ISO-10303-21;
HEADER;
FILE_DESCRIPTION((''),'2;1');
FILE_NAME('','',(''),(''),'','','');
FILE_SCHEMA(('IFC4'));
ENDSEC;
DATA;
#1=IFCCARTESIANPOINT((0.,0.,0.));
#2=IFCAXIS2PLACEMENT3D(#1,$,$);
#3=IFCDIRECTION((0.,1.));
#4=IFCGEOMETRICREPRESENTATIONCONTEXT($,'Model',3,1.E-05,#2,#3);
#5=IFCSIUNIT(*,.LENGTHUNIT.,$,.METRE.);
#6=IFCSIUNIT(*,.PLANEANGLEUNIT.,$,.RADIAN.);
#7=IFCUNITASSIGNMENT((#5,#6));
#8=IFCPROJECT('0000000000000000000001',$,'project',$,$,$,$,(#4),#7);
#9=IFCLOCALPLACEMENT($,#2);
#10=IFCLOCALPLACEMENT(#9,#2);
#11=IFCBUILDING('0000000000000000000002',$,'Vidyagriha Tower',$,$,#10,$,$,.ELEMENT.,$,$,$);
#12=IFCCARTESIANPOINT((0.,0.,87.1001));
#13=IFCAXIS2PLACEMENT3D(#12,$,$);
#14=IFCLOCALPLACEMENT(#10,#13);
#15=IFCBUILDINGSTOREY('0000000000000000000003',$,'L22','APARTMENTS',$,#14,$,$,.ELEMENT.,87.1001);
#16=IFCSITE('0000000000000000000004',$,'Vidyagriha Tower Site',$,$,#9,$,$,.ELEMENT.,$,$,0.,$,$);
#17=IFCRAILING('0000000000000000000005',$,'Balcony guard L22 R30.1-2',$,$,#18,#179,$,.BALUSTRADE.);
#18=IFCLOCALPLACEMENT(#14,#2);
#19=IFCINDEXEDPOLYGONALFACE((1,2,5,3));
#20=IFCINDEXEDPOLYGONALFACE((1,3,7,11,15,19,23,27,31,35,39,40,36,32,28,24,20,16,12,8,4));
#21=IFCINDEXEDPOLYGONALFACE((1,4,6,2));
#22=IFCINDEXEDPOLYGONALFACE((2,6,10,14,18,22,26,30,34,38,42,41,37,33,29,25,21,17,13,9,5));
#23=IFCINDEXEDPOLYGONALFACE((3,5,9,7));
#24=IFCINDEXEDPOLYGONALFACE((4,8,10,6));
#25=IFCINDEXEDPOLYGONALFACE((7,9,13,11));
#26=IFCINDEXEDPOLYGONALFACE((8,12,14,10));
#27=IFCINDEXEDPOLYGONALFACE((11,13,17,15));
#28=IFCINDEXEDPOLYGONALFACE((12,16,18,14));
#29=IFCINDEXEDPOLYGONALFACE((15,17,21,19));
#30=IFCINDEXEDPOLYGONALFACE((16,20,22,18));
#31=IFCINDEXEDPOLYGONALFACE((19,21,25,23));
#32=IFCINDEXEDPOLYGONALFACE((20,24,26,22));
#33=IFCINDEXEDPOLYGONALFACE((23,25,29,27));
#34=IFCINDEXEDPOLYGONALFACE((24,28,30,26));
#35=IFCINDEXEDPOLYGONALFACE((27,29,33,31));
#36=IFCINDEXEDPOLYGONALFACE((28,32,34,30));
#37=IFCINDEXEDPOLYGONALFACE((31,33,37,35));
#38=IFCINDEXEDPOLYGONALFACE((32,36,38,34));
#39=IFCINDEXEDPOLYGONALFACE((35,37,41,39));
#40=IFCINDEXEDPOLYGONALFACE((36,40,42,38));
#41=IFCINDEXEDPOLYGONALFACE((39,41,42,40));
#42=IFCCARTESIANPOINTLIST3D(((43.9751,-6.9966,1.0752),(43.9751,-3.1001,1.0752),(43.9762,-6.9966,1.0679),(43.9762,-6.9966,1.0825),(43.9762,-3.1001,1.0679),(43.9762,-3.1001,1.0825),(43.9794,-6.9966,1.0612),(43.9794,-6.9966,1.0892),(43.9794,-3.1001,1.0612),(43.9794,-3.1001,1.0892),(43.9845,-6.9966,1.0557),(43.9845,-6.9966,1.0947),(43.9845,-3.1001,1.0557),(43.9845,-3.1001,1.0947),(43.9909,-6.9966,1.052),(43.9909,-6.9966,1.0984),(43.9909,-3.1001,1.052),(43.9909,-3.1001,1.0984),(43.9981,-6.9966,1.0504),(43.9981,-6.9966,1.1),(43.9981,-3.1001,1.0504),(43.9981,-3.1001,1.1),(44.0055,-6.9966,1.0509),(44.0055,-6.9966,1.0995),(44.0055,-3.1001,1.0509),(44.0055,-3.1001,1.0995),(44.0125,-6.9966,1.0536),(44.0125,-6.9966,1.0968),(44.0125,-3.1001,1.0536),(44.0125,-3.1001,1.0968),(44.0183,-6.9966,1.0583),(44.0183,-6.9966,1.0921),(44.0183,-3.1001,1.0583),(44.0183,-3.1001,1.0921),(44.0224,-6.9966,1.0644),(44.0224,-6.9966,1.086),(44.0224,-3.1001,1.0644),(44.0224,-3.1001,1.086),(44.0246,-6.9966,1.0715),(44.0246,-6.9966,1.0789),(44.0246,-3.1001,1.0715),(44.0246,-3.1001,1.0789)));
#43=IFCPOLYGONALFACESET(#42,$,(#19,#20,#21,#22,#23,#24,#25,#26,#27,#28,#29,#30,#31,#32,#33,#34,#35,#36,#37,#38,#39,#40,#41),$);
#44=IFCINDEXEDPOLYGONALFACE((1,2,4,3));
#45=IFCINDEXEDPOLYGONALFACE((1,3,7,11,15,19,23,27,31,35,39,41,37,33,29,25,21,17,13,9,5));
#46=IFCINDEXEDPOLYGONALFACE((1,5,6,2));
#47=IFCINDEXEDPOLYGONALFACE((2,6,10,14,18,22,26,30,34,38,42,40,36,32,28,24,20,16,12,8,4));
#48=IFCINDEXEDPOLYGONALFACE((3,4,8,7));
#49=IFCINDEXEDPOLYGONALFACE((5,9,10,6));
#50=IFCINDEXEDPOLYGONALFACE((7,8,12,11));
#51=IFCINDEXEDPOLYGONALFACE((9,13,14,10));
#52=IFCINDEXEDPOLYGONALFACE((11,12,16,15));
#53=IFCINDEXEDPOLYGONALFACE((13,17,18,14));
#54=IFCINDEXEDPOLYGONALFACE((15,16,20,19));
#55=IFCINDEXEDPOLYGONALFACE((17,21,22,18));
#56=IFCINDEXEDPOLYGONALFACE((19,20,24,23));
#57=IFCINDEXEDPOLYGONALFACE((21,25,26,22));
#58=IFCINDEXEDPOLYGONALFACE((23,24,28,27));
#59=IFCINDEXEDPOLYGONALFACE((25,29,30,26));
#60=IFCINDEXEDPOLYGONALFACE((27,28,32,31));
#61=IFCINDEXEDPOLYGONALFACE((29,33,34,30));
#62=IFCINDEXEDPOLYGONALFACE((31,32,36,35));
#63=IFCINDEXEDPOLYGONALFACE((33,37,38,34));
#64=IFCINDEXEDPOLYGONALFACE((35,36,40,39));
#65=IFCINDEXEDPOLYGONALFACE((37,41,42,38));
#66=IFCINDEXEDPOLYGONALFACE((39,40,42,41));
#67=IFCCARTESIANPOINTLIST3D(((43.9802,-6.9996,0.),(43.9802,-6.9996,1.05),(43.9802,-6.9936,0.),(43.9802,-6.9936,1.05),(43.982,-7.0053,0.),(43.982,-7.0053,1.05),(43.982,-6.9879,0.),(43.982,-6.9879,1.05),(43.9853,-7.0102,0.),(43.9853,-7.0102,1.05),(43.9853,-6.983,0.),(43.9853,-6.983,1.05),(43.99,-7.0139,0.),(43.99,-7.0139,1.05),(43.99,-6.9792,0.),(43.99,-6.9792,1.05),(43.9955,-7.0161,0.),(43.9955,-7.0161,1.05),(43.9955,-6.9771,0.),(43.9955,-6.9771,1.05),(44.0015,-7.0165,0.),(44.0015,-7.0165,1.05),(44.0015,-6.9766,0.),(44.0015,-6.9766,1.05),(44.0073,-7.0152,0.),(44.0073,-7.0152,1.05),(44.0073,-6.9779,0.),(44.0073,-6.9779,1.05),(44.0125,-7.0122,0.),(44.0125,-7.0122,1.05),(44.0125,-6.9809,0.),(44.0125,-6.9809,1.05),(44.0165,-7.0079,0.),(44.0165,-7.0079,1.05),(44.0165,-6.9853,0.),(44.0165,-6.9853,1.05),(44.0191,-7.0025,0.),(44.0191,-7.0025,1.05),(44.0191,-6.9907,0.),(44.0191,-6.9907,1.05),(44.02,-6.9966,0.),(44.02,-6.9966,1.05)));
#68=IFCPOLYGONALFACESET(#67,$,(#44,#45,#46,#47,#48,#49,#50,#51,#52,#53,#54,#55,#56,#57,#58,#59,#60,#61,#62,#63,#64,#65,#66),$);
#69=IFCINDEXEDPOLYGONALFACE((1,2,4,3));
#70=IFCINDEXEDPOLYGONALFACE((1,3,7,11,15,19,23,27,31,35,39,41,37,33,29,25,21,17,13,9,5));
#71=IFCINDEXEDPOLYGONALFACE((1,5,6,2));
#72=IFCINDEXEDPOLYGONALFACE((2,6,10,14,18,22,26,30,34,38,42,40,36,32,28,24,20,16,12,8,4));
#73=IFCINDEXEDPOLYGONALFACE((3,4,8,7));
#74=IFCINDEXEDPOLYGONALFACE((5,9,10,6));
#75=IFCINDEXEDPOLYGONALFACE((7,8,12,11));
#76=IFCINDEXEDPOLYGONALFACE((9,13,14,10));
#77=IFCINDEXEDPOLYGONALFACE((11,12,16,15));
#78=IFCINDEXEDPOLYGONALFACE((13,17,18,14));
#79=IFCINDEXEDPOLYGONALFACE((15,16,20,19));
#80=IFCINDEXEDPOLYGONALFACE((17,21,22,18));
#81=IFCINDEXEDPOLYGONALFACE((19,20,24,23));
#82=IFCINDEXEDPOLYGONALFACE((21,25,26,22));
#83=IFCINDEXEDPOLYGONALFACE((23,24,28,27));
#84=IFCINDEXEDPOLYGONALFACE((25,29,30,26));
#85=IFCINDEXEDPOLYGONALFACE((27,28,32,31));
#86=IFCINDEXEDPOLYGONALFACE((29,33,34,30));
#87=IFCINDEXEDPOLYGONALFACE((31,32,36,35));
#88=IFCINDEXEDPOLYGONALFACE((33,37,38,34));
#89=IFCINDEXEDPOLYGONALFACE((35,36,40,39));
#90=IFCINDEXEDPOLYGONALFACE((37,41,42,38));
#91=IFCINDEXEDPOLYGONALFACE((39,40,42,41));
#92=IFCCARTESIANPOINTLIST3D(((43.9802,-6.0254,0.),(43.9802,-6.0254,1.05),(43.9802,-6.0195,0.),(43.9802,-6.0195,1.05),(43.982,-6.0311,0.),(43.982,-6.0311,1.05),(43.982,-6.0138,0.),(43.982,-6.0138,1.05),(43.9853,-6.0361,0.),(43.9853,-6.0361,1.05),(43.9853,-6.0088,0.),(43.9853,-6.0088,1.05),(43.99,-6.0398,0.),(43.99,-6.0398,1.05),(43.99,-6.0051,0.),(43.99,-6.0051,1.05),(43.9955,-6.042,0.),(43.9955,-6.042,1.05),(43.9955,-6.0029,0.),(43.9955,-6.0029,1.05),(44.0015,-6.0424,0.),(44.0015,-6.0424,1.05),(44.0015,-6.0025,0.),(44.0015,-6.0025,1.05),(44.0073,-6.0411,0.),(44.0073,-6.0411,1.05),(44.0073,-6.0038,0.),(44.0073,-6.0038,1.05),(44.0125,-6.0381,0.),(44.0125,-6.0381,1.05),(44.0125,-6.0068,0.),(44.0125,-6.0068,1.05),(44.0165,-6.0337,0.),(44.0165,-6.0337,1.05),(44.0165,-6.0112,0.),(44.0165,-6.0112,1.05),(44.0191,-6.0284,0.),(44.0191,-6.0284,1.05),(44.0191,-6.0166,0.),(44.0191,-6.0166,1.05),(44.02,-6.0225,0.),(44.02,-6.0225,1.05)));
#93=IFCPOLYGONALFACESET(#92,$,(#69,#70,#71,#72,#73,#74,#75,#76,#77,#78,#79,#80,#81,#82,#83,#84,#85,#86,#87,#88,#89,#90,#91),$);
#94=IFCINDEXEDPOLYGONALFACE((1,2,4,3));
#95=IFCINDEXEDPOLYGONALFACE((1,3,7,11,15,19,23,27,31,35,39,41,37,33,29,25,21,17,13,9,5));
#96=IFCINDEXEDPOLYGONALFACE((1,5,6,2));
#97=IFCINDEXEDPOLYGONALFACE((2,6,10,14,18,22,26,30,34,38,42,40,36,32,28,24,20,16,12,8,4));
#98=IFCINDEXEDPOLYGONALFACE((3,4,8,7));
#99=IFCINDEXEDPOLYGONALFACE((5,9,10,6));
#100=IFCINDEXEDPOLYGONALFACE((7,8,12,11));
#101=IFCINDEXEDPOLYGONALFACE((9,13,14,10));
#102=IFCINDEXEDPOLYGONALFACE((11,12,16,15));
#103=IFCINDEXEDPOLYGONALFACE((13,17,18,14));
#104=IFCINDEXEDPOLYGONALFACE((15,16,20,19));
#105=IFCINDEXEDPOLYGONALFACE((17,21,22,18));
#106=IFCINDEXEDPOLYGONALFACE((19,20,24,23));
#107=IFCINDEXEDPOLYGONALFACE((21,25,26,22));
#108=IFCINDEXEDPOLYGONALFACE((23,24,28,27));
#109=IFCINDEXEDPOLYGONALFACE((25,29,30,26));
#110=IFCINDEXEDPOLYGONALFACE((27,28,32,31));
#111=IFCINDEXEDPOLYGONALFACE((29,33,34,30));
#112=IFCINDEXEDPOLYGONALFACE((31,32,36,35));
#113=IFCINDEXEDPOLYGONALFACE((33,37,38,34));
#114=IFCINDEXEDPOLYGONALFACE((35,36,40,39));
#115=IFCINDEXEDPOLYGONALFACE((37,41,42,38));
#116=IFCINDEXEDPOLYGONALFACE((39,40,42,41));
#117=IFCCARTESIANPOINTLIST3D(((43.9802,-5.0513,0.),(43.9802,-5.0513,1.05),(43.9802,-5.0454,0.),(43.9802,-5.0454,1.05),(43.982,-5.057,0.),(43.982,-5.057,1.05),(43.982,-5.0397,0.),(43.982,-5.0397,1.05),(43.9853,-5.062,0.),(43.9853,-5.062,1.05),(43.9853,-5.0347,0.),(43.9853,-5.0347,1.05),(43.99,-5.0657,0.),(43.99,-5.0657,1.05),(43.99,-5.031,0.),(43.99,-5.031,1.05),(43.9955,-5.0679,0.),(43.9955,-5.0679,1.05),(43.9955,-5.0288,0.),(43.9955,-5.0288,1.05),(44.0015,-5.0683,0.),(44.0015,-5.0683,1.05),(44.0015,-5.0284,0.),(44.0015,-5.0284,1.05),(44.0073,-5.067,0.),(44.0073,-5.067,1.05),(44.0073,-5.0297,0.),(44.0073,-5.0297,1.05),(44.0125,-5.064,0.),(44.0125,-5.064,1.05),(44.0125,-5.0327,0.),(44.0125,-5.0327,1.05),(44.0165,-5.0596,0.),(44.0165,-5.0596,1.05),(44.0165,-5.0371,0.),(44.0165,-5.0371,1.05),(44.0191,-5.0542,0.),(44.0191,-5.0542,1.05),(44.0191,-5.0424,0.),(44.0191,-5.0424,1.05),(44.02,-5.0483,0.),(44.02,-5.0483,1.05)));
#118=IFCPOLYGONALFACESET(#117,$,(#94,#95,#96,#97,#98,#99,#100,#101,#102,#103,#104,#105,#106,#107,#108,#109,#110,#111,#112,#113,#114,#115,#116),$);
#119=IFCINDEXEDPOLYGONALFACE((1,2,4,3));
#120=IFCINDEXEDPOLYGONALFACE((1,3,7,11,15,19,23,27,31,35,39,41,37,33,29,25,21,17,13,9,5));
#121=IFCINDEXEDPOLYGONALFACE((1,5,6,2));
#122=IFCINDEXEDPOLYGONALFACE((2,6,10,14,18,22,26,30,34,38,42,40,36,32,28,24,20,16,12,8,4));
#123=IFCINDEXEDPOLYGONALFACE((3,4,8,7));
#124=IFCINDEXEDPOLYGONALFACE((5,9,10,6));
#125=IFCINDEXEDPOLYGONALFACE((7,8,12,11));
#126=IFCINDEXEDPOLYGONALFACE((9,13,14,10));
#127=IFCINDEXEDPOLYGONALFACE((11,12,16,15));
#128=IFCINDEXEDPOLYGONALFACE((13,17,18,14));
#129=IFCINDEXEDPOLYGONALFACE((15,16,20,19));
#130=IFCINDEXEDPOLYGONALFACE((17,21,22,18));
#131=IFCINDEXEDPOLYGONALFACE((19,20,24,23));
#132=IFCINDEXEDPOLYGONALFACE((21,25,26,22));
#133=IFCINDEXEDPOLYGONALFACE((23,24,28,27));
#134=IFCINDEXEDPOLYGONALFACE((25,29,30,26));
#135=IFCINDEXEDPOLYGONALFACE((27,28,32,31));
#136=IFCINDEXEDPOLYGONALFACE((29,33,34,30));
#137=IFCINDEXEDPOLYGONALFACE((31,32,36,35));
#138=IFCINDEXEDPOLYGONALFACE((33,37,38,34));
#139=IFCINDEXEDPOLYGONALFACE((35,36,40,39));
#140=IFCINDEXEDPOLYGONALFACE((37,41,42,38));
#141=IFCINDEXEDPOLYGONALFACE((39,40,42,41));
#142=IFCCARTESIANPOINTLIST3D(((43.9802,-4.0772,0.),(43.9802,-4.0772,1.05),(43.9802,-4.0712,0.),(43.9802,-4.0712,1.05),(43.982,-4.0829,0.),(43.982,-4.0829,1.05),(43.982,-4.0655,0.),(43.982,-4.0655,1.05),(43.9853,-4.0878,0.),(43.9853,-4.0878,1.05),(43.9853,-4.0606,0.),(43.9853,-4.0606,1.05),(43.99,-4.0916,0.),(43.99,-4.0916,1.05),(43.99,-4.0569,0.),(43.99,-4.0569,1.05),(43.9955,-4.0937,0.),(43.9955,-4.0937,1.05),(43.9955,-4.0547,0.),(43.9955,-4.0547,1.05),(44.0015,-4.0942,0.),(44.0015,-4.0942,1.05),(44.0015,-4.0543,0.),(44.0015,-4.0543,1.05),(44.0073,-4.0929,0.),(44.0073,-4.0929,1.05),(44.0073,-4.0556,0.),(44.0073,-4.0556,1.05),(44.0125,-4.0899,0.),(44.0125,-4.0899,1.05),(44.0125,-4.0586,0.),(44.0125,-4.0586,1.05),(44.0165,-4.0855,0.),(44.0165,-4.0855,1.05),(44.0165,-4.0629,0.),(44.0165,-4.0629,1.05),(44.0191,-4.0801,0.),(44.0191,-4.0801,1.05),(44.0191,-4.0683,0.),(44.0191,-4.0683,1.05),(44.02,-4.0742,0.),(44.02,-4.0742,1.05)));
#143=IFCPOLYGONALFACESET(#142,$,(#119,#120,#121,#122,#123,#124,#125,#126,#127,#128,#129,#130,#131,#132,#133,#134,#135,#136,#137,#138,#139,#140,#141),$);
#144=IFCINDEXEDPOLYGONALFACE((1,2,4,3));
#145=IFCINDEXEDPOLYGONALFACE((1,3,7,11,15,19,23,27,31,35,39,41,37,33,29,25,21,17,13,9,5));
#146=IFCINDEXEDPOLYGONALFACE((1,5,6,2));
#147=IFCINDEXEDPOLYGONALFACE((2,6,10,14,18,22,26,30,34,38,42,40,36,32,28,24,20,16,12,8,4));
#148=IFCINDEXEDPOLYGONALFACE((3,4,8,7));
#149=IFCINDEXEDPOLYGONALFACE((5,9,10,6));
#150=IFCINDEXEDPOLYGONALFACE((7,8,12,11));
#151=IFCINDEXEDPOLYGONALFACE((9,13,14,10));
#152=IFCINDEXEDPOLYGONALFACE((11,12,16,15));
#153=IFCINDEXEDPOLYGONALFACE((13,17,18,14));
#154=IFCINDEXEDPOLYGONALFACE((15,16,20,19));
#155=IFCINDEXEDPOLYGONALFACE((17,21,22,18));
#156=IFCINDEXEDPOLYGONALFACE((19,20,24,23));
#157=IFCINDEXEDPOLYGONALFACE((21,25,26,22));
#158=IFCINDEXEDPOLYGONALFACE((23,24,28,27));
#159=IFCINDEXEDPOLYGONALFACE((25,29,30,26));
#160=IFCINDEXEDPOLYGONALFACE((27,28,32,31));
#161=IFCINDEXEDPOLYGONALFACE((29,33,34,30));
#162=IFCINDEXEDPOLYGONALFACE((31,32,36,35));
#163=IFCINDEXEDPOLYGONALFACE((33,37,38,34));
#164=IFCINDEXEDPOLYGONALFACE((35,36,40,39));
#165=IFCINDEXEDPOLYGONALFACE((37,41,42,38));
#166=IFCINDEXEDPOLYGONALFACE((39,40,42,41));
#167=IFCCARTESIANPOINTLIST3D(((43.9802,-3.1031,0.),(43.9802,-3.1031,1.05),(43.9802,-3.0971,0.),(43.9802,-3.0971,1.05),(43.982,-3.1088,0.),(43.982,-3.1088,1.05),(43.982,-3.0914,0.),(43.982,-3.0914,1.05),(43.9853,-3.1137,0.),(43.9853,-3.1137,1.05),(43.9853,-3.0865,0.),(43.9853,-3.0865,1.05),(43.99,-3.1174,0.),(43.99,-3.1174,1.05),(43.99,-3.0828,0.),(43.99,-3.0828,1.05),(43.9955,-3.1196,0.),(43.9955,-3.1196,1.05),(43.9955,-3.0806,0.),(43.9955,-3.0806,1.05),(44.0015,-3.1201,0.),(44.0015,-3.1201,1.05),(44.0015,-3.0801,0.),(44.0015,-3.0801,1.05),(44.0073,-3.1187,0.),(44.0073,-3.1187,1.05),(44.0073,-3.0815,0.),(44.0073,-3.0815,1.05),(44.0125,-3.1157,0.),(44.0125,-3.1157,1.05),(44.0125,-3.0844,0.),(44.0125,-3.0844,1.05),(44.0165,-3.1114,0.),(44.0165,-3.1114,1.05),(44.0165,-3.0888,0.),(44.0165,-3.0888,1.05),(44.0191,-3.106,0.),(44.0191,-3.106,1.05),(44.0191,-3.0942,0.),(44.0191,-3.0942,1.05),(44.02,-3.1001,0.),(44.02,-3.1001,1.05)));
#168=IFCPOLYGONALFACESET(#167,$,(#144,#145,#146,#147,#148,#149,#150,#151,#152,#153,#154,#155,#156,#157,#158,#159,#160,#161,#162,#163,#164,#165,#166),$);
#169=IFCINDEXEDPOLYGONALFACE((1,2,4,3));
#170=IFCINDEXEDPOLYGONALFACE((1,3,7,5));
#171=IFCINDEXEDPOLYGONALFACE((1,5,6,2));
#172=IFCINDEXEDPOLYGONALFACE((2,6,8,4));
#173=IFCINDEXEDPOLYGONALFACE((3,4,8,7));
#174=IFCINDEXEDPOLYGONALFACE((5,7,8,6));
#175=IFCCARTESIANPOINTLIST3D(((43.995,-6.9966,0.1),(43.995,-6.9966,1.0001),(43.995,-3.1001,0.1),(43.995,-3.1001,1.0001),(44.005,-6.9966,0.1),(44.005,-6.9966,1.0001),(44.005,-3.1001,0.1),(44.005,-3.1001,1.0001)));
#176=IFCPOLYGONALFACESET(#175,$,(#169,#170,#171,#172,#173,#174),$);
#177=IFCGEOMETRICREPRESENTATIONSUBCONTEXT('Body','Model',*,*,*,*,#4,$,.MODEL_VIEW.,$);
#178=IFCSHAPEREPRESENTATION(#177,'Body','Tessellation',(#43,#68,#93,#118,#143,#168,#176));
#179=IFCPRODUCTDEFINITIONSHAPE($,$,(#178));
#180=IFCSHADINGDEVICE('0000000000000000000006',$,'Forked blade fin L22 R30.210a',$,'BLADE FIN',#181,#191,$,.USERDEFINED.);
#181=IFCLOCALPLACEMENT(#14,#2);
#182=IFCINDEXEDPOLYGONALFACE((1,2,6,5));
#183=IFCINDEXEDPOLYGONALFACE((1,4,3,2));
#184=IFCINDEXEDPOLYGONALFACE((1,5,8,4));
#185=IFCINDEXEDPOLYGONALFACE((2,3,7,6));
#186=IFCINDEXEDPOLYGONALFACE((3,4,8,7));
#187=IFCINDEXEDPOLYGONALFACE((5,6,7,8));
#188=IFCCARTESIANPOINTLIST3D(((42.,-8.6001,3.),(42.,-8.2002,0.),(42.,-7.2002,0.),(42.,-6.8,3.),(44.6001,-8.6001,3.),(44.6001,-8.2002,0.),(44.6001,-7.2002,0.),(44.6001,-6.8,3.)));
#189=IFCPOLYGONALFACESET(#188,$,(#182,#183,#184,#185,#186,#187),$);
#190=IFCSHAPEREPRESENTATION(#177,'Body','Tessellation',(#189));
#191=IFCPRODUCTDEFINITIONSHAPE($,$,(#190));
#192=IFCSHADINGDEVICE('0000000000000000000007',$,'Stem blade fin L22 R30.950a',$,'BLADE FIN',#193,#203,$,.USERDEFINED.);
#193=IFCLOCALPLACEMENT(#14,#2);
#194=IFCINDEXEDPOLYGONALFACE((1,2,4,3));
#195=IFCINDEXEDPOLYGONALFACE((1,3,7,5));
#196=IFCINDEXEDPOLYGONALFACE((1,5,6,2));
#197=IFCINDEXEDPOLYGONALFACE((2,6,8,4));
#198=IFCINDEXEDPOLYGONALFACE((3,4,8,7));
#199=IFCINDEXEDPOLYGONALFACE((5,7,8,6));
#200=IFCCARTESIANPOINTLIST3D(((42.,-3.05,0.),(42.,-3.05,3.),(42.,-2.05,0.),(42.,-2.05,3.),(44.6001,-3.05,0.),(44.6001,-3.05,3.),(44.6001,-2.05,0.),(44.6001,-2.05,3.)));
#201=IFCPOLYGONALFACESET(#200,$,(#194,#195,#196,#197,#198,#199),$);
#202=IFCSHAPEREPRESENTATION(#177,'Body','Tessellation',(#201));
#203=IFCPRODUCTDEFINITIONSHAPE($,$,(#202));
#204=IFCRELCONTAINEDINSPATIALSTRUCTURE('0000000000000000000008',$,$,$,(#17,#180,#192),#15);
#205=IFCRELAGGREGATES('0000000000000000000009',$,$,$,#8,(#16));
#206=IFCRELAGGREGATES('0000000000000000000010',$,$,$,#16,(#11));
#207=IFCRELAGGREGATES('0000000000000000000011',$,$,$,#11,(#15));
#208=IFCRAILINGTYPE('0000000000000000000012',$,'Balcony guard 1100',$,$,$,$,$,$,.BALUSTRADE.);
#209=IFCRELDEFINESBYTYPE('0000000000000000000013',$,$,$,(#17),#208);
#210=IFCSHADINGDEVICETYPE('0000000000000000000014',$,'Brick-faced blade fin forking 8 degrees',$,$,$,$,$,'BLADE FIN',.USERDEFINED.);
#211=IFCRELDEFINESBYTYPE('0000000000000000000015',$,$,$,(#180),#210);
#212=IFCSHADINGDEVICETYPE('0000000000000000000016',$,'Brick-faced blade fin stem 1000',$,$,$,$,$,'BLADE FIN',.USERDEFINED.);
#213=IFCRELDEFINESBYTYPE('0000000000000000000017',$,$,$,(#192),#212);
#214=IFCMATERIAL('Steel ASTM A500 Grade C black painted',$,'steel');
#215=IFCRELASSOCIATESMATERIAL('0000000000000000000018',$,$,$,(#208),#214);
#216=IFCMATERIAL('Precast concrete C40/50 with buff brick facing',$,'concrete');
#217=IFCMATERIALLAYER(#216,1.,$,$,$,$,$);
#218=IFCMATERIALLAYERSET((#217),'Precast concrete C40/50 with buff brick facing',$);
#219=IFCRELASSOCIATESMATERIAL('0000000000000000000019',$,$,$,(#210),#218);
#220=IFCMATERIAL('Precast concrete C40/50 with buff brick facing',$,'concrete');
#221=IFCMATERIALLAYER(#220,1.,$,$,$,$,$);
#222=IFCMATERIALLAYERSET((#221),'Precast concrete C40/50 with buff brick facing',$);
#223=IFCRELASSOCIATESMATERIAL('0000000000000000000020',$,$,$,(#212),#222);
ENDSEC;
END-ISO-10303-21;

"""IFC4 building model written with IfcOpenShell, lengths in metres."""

from ifc_helpers import new_model, si_unit, direction, frame, origin, origin_2d, place, context, subcontext, project, spatial, polyline, rectangle, circle, outline, extrude, material, layer, layer_set, type_object, element, save


model = new_model("IFC4")

# Units and contexts
model_context = context("Model", 3, precision=1e-05, world=origin(), true_north=direction((0.0, 1.0)))
body_context = subcontext(model_context, "Body", "Model", "MODEL_VIEW")
ifc_project = project(units=[si_unit("LENGTHUNIT", "METRE"), si_unit("PLANEANGLEUNIT", "RADIAN")], contexts=[model_context])

# Site, building, storey
site_placement = place(None, origin())
site = spatial("IfcSite", under=ifc_project, at=site_placement, Name="Vidyagriha Tower Site", CompositionType="ELEMENT", RefElevation=0.0)
building_placement = place(site_placement, origin())
building = spatial("IfcBuilding", under=site, at=building_placement, Name="Vidyagriha Tower", CompositionType="ELEMENT")
storey_placement = place(building_placement, frame((0.0, 0.0, 87.1001)))
storey = spatial("IfcBuildingStorey", under=building, at=storey_placement, Name="L22", Description="APARTMENTS", CompositionType="ELEMENT", Elevation=87.1001)

# Railing
ifc_material_1 = material(Name="Steel ASTM A500 Grade C black painted", Category="steel")
railing_type_1 = type_object("IfcRailingType", Name="Balcony guard 1100", PredefinedType="BALUSTRADE", material=ifc_material_1)
railing_1_placement = place(storey_placement, frame((44.0, -6.9966, 0.0)))
element("IfcRailing", 1, at=railing_1_placement, inside=storey, type_object=railing_type_1, Name="Balcony guard L22 R30.1-2", PredefinedType="BALUSTRADE", context=body_context, shape_type="SweptSolid", body=[
    extrude(circle(Radius=0.0249, at=origin_2d()), frame((0.0, 0.0, 1.0752), z_axis=(0.0, 1.0, 0.0), x_axis=(-1.0, 0.0, 0.0)), (0.0, 0.0, 1.0), 3.8965),
    extrude(circle(Radius=0.02, at=origin_2d()), origin(), (0.0, 0.0, 1.0), 1.05),
    extrude(circle(Radius=0.02, at=origin_2d()), frame((0.0, 0.9741, 0.0)), (0.0, 0.0, 1.0), 1.05),
    extrude(circle(Radius=0.02, at=origin_2d()), frame((0.0, 1.9482, 0.0)), (0.0, 0.0, 1.0), 1.05),
    extrude(circle(Radius=0.02, at=origin_2d()), frame((0.0, 2.9224, 0.0)), (0.0, 0.0, 1.0), 1.05),
    extrude(circle(Radius=0.02, at=origin_2d()), frame((0.0, 3.8965, 0.0)), (0.0, 0.0, 1.0), 1.05),
    extrude(rectangle(XDim=0.01, YDim=0.9001, at=origin_2d()), frame((0.0, 0.0, 0.55), z_axis=(0.0, 1.0, 0.0), x_axis=(-1.0, 0.0, 0.0)), (0.0, 0.0, 1.0), 3.8965),
])

# Shading devices
ifc_material_2 = material(Name="Precast concrete C40/50 with buff brick facing", Category="concrete")
ifc_layer_1 = layer(ifc_material_2, 1.0)
ifc_layer_set_1 = layer_set([ifc_layer_1], Name="Precast concrete C40/50 with buff brick facing")
shading_device_type_1 = type_object("IfcShadingDeviceType", Name="Brick-faced blade fin forking 8 degrees", ElementType="BLADE FIN", PredefinedType="USERDEFINED", material=ifc_layer_set_1)
shading_device_1_placement = place(storey_placement, frame((43.3, -8.6001, 0.0), z_axis=(0.0, 0.0, 1.0), x_axis=(0.0, 1.0, 0.0)))
element("IfcShadingDevice", 2, at=shading_device_1_placement, inside=storey, type_object=shading_device_type_1, Name="Forked blade fin L22 R30.210a", ObjectType="BLADE FIN", PredefinedType="USERDEFINED", context=body_context, shape_type="SweptSolid", body=[
    extrude(outline(polyline([(0.3999, 0.0), (1.3999, 0.0), (1.8, 3.0), (0.0, 3.0), (0.3999, 0.0)])), frame((0.0, 1.3, 0.0), z_axis=(0.0, -1.0, 0.0), x_axis=(1.0, 0.0, 0.0)), (0.0, 0.0, 1.0), 2.6001),
])
ifc_material_3 = material(Name="Precast concrete C40/50 with buff brick facing", Category="concrete")
ifc_layer_2 = layer(ifc_material_3, 1.0)
ifc_layer_set_2 = layer_set([ifc_layer_2], Name="Precast concrete C40/50 with buff brick facing")
shading_device_type_2 = type_object("IfcShadingDeviceType", Name="Brick-faced blade fin stem 1000", ElementType="BLADE FIN", PredefinedType="USERDEFINED", material=ifc_layer_set_2)
shading_device_2_placement = place(storey_placement, frame((43.3, -3.05, 0.0), z_axis=(0.0, 0.0, 1.0), x_axis=(0.0, 1.0, 0.0)))
element("IfcShadingDevice", 3, at=shading_device_2_placement, inside=storey, type_object=shading_device_type_2, Name="Stem blade fin L22 R30.950a", ObjectType="BLADE FIN", PredefinedType="USERDEFINED", context=body_context, shape_type="SweptSolid", body=[
    extrude(outline(polyline([(0.0, 0.0), (1.0, 0.0), (1.0, 3.0), (0.0, 3.0), (0.0, 0.0)])), frame((0.0, 1.3, 0.0), z_axis=(0.0, -1.0, 0.0), x_axis=(1.0, 0.0, 0.0)), (0.0, 0.0, 1.0), 2.6001),
])

save(model, "model.ifc")
